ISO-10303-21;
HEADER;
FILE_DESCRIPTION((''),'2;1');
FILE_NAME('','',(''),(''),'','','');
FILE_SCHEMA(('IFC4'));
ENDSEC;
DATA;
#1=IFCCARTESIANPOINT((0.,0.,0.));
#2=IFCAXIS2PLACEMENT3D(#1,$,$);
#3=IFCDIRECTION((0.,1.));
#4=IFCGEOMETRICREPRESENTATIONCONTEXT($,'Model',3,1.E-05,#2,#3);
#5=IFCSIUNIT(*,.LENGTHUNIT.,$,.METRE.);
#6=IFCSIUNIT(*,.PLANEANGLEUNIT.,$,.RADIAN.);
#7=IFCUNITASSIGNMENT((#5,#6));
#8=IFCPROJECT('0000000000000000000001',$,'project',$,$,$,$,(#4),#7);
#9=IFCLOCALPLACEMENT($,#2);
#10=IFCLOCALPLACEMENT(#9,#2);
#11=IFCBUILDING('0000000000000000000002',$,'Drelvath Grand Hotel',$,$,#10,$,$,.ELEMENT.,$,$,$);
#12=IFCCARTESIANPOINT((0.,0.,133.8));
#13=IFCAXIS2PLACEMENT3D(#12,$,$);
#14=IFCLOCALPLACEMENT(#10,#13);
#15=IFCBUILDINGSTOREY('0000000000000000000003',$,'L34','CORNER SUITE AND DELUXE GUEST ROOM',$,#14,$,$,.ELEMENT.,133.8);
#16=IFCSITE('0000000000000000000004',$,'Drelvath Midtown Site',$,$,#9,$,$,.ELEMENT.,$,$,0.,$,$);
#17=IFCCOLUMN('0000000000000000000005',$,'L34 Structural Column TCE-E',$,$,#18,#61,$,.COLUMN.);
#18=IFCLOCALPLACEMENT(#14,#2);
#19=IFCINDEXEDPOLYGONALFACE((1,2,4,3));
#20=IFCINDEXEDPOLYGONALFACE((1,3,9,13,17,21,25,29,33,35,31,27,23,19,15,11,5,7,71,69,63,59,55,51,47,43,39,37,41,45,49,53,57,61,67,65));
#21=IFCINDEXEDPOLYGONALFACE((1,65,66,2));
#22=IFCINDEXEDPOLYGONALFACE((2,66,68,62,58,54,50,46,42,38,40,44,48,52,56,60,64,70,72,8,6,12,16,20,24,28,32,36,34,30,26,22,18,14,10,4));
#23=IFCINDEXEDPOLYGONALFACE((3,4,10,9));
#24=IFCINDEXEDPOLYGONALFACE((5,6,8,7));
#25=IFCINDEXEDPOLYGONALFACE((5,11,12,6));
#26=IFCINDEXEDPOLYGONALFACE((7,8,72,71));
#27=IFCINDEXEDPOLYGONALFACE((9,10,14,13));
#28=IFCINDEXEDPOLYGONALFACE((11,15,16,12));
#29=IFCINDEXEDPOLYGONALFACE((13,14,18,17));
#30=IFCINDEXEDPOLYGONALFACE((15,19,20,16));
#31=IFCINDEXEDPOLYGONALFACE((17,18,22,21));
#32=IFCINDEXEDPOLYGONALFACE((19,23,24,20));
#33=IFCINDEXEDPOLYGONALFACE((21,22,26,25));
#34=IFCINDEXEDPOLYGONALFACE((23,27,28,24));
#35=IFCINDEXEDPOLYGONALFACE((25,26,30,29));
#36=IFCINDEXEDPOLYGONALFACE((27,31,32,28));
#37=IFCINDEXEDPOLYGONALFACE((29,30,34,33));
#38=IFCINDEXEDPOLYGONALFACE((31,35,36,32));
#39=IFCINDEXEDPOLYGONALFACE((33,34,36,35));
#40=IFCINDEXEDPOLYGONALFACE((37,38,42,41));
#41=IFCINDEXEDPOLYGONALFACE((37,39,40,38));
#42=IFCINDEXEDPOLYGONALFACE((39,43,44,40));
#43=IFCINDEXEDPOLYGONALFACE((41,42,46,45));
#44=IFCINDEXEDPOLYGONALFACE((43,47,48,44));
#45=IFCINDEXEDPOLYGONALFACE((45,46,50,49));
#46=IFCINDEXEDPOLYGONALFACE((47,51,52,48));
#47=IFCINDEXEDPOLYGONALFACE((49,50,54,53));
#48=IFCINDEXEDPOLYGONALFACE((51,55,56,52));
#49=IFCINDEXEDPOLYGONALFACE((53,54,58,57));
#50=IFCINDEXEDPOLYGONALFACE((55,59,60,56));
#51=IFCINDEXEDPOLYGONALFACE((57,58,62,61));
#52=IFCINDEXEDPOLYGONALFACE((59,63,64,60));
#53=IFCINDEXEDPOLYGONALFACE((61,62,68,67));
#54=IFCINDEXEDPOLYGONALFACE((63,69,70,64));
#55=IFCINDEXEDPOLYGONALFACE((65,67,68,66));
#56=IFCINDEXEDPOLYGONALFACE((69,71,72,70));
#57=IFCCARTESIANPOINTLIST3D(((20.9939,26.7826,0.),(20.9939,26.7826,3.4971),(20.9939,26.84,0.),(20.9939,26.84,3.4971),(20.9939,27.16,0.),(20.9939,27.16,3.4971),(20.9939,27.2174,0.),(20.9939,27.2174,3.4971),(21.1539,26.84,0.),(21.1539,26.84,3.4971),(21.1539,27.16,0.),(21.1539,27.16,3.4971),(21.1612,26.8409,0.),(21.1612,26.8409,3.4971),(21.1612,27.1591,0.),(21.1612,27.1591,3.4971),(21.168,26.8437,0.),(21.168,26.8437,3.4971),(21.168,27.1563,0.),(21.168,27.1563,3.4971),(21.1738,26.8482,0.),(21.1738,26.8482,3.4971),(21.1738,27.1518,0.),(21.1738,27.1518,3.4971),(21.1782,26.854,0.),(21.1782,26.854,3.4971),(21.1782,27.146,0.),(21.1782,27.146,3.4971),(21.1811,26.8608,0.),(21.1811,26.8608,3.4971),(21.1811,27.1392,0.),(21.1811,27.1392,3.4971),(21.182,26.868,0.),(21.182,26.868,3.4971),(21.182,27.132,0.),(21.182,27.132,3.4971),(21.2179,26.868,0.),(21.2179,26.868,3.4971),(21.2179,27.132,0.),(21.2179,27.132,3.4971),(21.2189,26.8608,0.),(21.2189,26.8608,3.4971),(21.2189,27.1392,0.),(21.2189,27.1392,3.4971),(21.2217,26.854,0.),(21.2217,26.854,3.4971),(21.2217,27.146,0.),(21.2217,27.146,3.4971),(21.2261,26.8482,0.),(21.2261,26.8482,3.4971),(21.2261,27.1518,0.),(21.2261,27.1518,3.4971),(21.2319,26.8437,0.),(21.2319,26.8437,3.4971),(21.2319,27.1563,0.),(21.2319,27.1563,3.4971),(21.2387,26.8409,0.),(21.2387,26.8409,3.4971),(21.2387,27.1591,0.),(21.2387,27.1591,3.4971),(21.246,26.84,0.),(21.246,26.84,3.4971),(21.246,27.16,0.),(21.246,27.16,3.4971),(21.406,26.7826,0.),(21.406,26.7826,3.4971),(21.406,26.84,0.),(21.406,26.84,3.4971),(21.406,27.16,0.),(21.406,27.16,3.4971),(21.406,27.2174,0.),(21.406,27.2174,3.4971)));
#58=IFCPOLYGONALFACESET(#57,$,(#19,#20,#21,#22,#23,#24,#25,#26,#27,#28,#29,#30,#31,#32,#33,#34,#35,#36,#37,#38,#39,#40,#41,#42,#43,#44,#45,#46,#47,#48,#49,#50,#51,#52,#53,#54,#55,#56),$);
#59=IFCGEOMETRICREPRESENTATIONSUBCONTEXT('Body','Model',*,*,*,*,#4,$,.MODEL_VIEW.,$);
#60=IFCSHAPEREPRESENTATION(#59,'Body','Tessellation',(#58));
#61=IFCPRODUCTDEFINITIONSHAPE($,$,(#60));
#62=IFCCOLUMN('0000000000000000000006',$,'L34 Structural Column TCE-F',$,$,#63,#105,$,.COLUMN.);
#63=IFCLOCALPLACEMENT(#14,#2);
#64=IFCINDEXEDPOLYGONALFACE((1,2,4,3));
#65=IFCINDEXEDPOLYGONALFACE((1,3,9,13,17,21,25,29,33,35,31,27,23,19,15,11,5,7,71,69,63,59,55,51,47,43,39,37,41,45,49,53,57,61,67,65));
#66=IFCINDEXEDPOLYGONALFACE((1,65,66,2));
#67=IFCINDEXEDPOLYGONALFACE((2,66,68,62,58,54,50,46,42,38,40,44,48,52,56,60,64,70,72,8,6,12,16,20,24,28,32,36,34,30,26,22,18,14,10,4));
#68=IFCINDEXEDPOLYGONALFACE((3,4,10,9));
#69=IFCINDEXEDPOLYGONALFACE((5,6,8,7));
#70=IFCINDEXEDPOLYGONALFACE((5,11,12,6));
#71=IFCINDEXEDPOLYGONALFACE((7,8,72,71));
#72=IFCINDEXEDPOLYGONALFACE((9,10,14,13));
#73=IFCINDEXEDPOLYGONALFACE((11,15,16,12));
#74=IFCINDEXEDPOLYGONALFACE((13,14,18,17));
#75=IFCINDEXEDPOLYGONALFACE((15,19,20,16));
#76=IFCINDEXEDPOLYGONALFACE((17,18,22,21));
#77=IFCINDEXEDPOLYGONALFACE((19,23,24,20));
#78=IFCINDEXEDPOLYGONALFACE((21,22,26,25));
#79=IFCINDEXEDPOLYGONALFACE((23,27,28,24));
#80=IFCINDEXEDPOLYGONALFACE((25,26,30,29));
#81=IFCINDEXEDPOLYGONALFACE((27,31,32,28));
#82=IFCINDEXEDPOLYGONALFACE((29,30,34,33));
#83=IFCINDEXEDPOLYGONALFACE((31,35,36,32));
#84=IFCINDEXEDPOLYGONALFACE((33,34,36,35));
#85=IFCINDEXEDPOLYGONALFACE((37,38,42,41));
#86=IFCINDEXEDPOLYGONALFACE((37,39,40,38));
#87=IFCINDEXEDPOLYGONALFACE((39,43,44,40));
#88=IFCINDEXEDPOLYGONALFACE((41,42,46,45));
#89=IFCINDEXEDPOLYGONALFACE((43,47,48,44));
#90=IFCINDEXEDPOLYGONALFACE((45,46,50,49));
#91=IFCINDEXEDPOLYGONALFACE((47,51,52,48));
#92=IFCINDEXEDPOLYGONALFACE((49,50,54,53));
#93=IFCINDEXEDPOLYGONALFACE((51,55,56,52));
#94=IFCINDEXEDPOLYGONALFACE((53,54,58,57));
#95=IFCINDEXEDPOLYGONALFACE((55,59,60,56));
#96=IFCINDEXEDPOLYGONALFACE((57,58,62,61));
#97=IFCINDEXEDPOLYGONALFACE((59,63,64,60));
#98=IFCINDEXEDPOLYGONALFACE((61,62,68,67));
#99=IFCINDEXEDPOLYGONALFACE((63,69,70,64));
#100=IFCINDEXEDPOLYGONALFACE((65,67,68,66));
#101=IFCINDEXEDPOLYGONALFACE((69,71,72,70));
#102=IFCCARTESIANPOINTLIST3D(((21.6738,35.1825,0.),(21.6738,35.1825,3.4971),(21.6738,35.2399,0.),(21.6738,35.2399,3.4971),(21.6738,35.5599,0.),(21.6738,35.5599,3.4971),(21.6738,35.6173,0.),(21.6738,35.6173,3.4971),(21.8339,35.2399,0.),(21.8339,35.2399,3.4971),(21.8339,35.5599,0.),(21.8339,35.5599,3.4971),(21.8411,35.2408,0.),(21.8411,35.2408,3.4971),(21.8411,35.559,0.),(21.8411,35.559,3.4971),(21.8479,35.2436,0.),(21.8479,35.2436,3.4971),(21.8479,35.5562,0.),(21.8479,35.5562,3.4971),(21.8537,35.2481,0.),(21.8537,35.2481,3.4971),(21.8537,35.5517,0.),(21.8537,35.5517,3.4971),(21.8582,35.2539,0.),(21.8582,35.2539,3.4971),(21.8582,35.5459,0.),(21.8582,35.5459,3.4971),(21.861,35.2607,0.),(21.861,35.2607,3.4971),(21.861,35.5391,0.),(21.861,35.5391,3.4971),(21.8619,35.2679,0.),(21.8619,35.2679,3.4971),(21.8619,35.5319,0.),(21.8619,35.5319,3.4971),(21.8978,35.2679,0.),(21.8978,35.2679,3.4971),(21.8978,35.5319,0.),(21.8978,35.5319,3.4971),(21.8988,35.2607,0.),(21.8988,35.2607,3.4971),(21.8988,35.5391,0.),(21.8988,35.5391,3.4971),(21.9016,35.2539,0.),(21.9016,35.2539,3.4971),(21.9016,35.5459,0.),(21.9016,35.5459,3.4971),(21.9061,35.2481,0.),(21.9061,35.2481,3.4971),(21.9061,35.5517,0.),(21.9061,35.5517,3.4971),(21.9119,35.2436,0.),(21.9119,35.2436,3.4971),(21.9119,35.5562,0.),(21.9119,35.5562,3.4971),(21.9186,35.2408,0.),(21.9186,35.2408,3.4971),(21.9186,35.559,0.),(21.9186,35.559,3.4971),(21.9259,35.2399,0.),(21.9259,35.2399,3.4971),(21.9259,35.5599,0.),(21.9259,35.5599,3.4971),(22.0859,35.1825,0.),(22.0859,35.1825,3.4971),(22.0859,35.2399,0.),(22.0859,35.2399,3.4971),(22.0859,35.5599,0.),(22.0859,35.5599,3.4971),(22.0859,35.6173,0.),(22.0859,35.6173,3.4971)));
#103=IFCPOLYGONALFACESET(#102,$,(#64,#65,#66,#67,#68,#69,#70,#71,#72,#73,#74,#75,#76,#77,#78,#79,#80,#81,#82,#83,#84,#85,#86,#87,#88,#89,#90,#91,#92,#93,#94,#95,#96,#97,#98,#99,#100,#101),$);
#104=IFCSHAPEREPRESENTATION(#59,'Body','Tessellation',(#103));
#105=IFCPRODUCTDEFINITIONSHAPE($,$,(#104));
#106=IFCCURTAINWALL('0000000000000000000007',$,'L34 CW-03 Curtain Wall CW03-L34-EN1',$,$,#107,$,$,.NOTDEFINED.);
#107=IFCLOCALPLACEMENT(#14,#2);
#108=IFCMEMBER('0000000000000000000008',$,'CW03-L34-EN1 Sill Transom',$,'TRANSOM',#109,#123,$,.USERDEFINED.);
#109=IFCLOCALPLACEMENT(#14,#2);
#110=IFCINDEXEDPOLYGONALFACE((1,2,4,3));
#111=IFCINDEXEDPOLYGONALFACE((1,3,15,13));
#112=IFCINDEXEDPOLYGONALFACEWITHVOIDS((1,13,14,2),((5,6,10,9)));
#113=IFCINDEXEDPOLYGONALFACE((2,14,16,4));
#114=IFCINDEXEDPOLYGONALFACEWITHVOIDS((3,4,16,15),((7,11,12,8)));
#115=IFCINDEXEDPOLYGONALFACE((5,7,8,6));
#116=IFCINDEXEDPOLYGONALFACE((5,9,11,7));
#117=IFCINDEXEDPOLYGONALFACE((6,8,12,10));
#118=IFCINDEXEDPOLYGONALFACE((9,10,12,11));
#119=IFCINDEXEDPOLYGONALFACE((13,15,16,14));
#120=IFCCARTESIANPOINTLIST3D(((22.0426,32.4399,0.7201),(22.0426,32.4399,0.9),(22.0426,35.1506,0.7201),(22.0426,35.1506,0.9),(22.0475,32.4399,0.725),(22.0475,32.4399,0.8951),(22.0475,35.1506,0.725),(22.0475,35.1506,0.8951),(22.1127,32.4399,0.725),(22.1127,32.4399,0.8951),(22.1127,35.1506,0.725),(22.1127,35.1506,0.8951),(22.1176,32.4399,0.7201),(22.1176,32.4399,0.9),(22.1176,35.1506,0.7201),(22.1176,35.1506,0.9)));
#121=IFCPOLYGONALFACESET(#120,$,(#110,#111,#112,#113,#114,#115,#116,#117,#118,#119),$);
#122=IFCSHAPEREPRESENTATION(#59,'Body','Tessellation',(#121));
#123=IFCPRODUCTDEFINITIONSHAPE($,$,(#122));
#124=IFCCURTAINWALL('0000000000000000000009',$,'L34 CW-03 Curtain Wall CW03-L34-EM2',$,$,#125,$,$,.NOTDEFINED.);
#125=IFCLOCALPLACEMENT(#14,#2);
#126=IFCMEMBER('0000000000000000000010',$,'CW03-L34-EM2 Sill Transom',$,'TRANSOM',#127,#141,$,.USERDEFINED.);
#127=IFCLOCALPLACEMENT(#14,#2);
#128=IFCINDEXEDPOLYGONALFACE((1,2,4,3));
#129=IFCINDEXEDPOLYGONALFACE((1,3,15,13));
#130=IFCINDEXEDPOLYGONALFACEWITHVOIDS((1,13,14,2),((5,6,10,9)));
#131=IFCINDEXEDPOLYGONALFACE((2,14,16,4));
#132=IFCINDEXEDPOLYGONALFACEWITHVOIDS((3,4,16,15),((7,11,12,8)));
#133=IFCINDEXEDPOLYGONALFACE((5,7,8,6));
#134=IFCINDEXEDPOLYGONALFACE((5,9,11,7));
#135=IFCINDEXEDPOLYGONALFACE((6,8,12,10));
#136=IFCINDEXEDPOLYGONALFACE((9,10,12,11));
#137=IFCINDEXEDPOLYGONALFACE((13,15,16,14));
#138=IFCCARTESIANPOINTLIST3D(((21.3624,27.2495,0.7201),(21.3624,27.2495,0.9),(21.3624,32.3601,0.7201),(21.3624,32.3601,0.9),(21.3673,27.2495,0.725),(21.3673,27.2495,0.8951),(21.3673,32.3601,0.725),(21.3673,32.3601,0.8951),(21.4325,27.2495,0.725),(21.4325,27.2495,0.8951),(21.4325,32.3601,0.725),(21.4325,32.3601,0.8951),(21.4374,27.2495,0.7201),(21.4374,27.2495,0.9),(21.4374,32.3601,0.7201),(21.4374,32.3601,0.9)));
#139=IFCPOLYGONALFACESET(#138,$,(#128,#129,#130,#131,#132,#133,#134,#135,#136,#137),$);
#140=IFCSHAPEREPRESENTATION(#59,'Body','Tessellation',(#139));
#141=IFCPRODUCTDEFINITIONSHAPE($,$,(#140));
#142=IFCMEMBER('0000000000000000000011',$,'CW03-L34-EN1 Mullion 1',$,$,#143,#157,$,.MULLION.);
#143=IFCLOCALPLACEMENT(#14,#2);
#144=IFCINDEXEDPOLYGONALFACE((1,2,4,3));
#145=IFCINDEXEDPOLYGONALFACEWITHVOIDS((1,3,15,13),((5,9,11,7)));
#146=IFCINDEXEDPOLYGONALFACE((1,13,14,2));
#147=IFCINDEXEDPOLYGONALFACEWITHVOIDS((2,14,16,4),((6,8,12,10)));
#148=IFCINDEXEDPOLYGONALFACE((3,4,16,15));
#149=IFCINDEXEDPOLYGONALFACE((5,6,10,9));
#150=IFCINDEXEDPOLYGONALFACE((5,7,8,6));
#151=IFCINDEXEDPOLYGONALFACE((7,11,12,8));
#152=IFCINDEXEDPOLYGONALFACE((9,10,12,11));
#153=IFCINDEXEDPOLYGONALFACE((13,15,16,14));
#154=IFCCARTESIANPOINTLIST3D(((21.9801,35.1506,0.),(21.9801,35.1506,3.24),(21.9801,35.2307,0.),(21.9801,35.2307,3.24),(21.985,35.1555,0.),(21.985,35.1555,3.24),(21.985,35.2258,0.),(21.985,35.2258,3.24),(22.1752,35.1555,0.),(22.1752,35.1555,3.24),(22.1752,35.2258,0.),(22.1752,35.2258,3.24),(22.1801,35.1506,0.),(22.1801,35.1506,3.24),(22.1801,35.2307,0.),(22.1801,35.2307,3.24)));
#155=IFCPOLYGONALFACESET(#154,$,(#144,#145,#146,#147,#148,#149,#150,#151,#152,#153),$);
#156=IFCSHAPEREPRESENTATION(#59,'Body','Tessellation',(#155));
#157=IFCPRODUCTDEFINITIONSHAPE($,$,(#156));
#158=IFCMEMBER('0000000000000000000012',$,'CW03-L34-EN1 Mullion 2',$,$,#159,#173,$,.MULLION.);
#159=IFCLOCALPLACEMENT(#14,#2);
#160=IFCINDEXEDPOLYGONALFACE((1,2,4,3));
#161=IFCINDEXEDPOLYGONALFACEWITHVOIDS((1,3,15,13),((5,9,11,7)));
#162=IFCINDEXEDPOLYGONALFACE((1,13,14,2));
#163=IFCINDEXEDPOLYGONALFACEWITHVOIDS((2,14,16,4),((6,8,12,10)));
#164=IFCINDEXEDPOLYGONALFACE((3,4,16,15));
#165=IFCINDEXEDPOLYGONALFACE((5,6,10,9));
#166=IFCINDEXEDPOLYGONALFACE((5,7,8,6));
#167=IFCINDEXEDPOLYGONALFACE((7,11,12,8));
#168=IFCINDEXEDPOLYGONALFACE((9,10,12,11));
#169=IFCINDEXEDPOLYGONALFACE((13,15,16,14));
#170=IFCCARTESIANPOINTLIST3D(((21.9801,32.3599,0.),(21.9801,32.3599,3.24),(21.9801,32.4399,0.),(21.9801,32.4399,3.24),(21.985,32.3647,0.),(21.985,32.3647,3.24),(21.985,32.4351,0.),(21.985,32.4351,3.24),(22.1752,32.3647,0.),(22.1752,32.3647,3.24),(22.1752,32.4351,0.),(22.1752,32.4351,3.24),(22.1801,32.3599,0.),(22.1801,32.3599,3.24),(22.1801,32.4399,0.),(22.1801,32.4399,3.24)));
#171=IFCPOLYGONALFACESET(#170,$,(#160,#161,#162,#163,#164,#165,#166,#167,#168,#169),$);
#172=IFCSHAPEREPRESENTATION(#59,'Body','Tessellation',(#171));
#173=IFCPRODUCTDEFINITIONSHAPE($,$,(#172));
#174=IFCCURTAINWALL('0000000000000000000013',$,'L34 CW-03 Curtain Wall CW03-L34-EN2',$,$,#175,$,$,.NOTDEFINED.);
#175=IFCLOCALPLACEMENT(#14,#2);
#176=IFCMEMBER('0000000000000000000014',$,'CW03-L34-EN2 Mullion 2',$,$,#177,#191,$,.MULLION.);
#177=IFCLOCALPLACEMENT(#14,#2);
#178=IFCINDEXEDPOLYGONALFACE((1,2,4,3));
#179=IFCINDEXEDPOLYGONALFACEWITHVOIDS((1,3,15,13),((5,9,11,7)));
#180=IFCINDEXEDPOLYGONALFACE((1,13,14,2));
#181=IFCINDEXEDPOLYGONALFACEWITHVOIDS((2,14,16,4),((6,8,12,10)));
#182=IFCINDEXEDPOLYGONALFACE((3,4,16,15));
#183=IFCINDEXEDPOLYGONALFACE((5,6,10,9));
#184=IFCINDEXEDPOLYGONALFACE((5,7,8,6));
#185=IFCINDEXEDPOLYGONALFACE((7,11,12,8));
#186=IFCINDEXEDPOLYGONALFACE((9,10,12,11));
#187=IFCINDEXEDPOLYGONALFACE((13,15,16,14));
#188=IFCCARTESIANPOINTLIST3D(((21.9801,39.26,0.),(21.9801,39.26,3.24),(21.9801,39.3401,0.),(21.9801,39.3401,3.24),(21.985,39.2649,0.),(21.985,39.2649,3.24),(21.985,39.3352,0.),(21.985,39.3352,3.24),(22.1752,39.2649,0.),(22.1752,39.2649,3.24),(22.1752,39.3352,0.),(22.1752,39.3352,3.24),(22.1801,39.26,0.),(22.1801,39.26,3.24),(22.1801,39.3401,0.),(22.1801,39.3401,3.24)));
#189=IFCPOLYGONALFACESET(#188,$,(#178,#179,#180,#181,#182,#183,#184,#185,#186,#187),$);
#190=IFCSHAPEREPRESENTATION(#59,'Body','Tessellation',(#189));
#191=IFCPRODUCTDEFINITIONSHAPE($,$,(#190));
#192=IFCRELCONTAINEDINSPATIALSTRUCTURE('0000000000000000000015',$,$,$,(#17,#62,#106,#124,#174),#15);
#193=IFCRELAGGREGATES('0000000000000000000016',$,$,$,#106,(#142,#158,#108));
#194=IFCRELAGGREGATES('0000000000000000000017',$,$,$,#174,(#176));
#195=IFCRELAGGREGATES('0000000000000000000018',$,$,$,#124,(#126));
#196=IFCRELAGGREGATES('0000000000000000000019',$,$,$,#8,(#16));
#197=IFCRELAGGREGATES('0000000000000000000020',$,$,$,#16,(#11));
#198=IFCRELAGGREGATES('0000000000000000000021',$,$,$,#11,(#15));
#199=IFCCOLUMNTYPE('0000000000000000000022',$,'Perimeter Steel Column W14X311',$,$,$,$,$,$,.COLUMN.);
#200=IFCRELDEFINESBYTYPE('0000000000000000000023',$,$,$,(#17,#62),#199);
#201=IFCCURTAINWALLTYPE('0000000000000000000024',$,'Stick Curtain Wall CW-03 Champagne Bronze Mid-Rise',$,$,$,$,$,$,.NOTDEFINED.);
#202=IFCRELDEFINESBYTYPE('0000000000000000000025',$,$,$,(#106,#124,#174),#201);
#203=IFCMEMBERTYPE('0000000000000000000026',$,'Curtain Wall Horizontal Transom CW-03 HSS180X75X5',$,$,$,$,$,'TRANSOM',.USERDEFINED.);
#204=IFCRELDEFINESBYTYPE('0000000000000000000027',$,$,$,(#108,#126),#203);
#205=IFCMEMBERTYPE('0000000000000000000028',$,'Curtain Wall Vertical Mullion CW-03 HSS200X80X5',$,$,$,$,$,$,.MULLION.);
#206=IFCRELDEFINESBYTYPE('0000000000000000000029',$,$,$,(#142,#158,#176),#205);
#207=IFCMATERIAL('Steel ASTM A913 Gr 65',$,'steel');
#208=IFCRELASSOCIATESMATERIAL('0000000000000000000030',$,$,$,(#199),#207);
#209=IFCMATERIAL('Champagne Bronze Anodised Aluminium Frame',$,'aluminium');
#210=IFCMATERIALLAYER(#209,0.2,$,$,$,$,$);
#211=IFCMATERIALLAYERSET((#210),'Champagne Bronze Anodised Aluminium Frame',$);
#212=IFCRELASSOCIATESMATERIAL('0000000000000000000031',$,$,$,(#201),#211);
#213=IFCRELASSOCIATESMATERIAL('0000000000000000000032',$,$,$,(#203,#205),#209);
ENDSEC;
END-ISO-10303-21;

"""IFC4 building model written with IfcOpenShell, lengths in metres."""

from ifc_helpers import new_model, si_unit, direction, frame, origin, origin_2d, place, context, subcontext, project, spatial, hollow_rectangle, i_section, extrude, material, layer, layer_set, material_profile, profile_set, type_object, element, aggregate, save


model = new_model("IFC4")

# Units and contexts
model_context = context("Model", 3, precision=1e-05, world=origin(), true_north=direction((0.0, 1.0)))
body_context = subcontext(model_context, "Body", "Model", "MODEL_VIEW")
ifc_project = project(units=[si_unit("LENGTHUNIT", "METRE"), si_unit("PLANEANGLEUNIT", "RADIAN")], contexts=[model_context])

# Site, building, storey
site_placement = place(None, origin())
site = spatial("IfcSite", under=ifc_project, at=site_placement, Name="Drelvath Midtown Site", CompositionType="ELEMENT", RefElevation=0.0)
building_placement = place(site_placement, origin())
building = spatial("IfcBuilding", under=site, at=building_placement, Name="Drelvath Grand Hotel", CompositionType="ELEMENT")
storey_placement = place(building_placement, frame((0.0, 0.0, 133.8)))
storey = spatial("IfcBuildingStorey", under=building, at=storey_placement, Name="L34", Description="CORNER SUITE AND DELUXE GUEST ROOM", CompositionType="ELEMENT", Elevation=133.8)

# Columns
ifc_material_1 = material(Name="Steel ASTM A913 Gr 65", Category="steel")
ifc_material_profile_1 = material_profile(ifc_material_1, i_section(OverallWidth=0.4121, OverallDepth=0.4348, WebThickness=0.0359, FlangeThickness=0.0574, FilletRadius=0.0281, at=origin_2d()), Name="W14X311")
ifc_profile_set_1 = profile_set([ifc_material_profile_1], Name="Steel ASTM A913 Gr 65")
column_type = type_object("IfcColumnType", Name="Perimeter Steel Column W14X311", PredefinedType="COLUMN", material=ifc_profile_set_1)
for number, where, z_axis, x_axis, name in (
    (1, (21.2, 27.0, 0.0), (0.0, 0.0, 1.0), (1.0, 0.0, 0.0), "L34 Structural Column TCE-E"),
    (2, (21.8799, 35.3999, 0.0), (0.0, 0.0, 1.0), (1.0, 0.0, 0.0), "L34 Structural Column TCE-F"),
):
    element("IfcColumn", number, at=place(storey_placement, frame(where, z_axis=z_axis, x_axis=x_axis)), inside=storey, type_object=column_type, Name=name, PredefinedType="COLUMN", context=body_context, shape_type="SweptSolid", body=[
        extrude(i_section(OverallWidth=0.4121, OverallDepth=0.4348, WebThickness=0.0359, FlangeThickness=0.0574, FilletRadius=0.0281, at=origin_2d()), origin(), (0.0, 0.0, 1.0), 3.4971),
    ])

# Curtain walls, members
ifc_material_2 = material(Name="Champagne Bronze Anodised Aluminium Frame", Category="aluminium")
ifc_layer_1 = layer(ifc_material_2, 0.2)
ifc_layer_set_1 = layer_set([ifc_layer_1], Name="Champagne Bronze Anodised Aluminium Frame")
curtain_wall_type = type_object("IfcCurtainWallType", Name="Stick Curtain Wall CW-03 Champagne Bronze Mid-Rise", PredefinedType="NOTDEFINED", material=ifc_layer_set_1)
curtain_wall_1_placement = place(storey_placement, origin())
curtain_wall_1 = element("IfcCurtainWall", 3, at=curtain_wall_1_placement, inside=storey, type_object=curtain_wall_type, Name="L34 CW-03 Curtain Wall CW03-L34-EN1", PredefinedType="NOTDEFINED")
ifc_material_profile_2 = material_profile(ifc_material_2, hollow_rectangle(XDim=0.075, YDim=0.1799, WallThickness=0.0049, at=origin_2d()), Name="HSS180X75X5")
ifc_profile_set_2 = profile_set([ifc_material_profile_2], Name="Champagne Bronze Anodised Aluminium Frame")
member_type_1 = type_object("IfcMemberType", Name="Curtain Wall Horizontal Transom CW-03 HSS180X75X5", ElementType="TRANSOM", PredefinedType="USERDEFINED", material=ifc_profile_set_2)
member_1_placement = place(storey_placement, frame((22.0801, 35.1506, 0.8101), z_axis=(0.0, -1.0, 0.0), x_axis=(1.0, 0.0, 0.0)))
member_1 = element("IfcMember", 4, at=member_1_placement, type_object=member_type_1, Name="CW03-L34-EN1 Sill Transom", ObjectType="TRANSOM", PredefinedType="USERDEFINED", context=body_context, shape_type="SweptSolid", body=[
    extrude(hollow_rectangle(XDim=0.075, YDim=0.1799, WallThickness=0.0049, at=origin_2d()), origin(), (0.0, 0.0, 1.0), 2.7107),
])
curtain_wall_2_placement = place(storey_placement, origin())
curtain_wall_2 = element("IfcCurtainWall", 5, at=curtain_wall_2_placement, inside=storey, type_object=curtain_wall_type, Name="L34 CW-03 Curtain Wall CW03-L34-EM2", PredefinedType="NOTDEFINED")
member_2_placement = place(storey_placement, frame((21.3999, 32.3601, 0.8101), z_axis=(0.0, -1.0, 0.0), x_axis=(1.0, 0.0, 0.0)))
member_2 = element("IfcMember", 6, at=member_2_placement, type_object=member_type_1, Name="CW03-L34-EM2 Sill Transom", ObjectType="TRANSOM", PredefinedType="USERDEFINED", context=body_context, shape_type="SweptSolid", body=[
    extrude(hollow_rectangle(XDim=0.075, YDim=0.1799, WallThickness=0.0049, at=origin_2d()), origin(), (0.0, 0.0, 1.0), 5.1106),
])

# Members
ifc_material_profile_3 = material_profile(ifc_material_2, hollow_rectangle(XDim=0.0801, YDim=0.2, WallThickness=0.0049, at=origin_2d()), Name="HSS200X80X5")
ifc_profile_set_3 = profile_set([ifc_material_profile_3], Name="Champagne Bronze Anodised Aluminium Frame")
member_type_2 = type_object("IfcMemberType", Name="Curtain Wall Vertical Mullion CW-03 HSS200X80X5", PredefinedType="MULLION", material=ifc_profile_set_3)
member_3_placement = place(storey_placement, frame((22.0801, 35.1907, 0.0), z_axis=(0.0, 0.0, 1.0), x_axis=(0.0, 1.0, 0.0)))
member_3 = element("IfcMember", 7, at=member_3_placement, type_object=member_type_2, Name="CW03-L34-EN1 Mullion 1", PredefinedType="MULLION", context=body_context, shape_type="SweptSolid", body=[
    extrude(hollow_rectangle(XDim=0.0801, YDim=0.2, WallThickness=0.0049, at=origin_2d()), origin(), (0.0, 0.0, 1.0), 3.24),
])
member_4_placement = place(storey_placement, frame((22.0801, 32.3999, 0.0), z_axis=(0.0, 0.0, 1.0), x_axis=(0.0, 1.0, 0.0)))
member_4 = element("IfcMember", 8, at=member_4_placement, type_object=member_type_2, Name="CW03-L34-EN1 Mullion 2", PredefinedType="MULLION", context=body_context, shape_type="SweptSolid", body=[
    extrude(hollow_rectangle(XDim=0.0801, YDim=0.2, WallThickness=0.0049, at=origin_2d()), origin(), (0.0, 0.0, 1.0), 3.24),
])

# Curtain wall, member
curtain_wall_3_placement = place(storey_placement, origin())
curtain_wall_3 = element("IfcCurtainWall", 9, at=curtain_wall_3_placement, inside=storey, type_object=curtain_wall_type, Name="L34 CW-03 Curtain Wall CW03-L34-EN2", PredefinedType="NOTDEFINED")
member_5_placement = place(storey_placement, frame((22.0801, 39.3, 0.0), z_axis=(0.0, 0.0, 1.0), x_axis=(0.0, 1.0, 0.0)))
member_5 = element("IfcMember", 10, at=member_5_placement, type_object=member_type_2, Name="CW03-L34-EN2 Mullion 2", PredefinedType="MULLION", context=body_context, shape_type="SweptSolid", body=[
    extrude(hollow_rectangle(XDim=0.0801, YDim=0.2, WallThickness=0.0049, at=origin_2d()), origin(), (0.0, 0.0, 1.0), 3.24),
])

aggregate(curtain_wall_1, [member_3, member_4, member_1])
aggregate(curtain_wall_3, [member_5])
aggregate(curtain_wall_2, [member_2])

save(model, "model.ifc")
